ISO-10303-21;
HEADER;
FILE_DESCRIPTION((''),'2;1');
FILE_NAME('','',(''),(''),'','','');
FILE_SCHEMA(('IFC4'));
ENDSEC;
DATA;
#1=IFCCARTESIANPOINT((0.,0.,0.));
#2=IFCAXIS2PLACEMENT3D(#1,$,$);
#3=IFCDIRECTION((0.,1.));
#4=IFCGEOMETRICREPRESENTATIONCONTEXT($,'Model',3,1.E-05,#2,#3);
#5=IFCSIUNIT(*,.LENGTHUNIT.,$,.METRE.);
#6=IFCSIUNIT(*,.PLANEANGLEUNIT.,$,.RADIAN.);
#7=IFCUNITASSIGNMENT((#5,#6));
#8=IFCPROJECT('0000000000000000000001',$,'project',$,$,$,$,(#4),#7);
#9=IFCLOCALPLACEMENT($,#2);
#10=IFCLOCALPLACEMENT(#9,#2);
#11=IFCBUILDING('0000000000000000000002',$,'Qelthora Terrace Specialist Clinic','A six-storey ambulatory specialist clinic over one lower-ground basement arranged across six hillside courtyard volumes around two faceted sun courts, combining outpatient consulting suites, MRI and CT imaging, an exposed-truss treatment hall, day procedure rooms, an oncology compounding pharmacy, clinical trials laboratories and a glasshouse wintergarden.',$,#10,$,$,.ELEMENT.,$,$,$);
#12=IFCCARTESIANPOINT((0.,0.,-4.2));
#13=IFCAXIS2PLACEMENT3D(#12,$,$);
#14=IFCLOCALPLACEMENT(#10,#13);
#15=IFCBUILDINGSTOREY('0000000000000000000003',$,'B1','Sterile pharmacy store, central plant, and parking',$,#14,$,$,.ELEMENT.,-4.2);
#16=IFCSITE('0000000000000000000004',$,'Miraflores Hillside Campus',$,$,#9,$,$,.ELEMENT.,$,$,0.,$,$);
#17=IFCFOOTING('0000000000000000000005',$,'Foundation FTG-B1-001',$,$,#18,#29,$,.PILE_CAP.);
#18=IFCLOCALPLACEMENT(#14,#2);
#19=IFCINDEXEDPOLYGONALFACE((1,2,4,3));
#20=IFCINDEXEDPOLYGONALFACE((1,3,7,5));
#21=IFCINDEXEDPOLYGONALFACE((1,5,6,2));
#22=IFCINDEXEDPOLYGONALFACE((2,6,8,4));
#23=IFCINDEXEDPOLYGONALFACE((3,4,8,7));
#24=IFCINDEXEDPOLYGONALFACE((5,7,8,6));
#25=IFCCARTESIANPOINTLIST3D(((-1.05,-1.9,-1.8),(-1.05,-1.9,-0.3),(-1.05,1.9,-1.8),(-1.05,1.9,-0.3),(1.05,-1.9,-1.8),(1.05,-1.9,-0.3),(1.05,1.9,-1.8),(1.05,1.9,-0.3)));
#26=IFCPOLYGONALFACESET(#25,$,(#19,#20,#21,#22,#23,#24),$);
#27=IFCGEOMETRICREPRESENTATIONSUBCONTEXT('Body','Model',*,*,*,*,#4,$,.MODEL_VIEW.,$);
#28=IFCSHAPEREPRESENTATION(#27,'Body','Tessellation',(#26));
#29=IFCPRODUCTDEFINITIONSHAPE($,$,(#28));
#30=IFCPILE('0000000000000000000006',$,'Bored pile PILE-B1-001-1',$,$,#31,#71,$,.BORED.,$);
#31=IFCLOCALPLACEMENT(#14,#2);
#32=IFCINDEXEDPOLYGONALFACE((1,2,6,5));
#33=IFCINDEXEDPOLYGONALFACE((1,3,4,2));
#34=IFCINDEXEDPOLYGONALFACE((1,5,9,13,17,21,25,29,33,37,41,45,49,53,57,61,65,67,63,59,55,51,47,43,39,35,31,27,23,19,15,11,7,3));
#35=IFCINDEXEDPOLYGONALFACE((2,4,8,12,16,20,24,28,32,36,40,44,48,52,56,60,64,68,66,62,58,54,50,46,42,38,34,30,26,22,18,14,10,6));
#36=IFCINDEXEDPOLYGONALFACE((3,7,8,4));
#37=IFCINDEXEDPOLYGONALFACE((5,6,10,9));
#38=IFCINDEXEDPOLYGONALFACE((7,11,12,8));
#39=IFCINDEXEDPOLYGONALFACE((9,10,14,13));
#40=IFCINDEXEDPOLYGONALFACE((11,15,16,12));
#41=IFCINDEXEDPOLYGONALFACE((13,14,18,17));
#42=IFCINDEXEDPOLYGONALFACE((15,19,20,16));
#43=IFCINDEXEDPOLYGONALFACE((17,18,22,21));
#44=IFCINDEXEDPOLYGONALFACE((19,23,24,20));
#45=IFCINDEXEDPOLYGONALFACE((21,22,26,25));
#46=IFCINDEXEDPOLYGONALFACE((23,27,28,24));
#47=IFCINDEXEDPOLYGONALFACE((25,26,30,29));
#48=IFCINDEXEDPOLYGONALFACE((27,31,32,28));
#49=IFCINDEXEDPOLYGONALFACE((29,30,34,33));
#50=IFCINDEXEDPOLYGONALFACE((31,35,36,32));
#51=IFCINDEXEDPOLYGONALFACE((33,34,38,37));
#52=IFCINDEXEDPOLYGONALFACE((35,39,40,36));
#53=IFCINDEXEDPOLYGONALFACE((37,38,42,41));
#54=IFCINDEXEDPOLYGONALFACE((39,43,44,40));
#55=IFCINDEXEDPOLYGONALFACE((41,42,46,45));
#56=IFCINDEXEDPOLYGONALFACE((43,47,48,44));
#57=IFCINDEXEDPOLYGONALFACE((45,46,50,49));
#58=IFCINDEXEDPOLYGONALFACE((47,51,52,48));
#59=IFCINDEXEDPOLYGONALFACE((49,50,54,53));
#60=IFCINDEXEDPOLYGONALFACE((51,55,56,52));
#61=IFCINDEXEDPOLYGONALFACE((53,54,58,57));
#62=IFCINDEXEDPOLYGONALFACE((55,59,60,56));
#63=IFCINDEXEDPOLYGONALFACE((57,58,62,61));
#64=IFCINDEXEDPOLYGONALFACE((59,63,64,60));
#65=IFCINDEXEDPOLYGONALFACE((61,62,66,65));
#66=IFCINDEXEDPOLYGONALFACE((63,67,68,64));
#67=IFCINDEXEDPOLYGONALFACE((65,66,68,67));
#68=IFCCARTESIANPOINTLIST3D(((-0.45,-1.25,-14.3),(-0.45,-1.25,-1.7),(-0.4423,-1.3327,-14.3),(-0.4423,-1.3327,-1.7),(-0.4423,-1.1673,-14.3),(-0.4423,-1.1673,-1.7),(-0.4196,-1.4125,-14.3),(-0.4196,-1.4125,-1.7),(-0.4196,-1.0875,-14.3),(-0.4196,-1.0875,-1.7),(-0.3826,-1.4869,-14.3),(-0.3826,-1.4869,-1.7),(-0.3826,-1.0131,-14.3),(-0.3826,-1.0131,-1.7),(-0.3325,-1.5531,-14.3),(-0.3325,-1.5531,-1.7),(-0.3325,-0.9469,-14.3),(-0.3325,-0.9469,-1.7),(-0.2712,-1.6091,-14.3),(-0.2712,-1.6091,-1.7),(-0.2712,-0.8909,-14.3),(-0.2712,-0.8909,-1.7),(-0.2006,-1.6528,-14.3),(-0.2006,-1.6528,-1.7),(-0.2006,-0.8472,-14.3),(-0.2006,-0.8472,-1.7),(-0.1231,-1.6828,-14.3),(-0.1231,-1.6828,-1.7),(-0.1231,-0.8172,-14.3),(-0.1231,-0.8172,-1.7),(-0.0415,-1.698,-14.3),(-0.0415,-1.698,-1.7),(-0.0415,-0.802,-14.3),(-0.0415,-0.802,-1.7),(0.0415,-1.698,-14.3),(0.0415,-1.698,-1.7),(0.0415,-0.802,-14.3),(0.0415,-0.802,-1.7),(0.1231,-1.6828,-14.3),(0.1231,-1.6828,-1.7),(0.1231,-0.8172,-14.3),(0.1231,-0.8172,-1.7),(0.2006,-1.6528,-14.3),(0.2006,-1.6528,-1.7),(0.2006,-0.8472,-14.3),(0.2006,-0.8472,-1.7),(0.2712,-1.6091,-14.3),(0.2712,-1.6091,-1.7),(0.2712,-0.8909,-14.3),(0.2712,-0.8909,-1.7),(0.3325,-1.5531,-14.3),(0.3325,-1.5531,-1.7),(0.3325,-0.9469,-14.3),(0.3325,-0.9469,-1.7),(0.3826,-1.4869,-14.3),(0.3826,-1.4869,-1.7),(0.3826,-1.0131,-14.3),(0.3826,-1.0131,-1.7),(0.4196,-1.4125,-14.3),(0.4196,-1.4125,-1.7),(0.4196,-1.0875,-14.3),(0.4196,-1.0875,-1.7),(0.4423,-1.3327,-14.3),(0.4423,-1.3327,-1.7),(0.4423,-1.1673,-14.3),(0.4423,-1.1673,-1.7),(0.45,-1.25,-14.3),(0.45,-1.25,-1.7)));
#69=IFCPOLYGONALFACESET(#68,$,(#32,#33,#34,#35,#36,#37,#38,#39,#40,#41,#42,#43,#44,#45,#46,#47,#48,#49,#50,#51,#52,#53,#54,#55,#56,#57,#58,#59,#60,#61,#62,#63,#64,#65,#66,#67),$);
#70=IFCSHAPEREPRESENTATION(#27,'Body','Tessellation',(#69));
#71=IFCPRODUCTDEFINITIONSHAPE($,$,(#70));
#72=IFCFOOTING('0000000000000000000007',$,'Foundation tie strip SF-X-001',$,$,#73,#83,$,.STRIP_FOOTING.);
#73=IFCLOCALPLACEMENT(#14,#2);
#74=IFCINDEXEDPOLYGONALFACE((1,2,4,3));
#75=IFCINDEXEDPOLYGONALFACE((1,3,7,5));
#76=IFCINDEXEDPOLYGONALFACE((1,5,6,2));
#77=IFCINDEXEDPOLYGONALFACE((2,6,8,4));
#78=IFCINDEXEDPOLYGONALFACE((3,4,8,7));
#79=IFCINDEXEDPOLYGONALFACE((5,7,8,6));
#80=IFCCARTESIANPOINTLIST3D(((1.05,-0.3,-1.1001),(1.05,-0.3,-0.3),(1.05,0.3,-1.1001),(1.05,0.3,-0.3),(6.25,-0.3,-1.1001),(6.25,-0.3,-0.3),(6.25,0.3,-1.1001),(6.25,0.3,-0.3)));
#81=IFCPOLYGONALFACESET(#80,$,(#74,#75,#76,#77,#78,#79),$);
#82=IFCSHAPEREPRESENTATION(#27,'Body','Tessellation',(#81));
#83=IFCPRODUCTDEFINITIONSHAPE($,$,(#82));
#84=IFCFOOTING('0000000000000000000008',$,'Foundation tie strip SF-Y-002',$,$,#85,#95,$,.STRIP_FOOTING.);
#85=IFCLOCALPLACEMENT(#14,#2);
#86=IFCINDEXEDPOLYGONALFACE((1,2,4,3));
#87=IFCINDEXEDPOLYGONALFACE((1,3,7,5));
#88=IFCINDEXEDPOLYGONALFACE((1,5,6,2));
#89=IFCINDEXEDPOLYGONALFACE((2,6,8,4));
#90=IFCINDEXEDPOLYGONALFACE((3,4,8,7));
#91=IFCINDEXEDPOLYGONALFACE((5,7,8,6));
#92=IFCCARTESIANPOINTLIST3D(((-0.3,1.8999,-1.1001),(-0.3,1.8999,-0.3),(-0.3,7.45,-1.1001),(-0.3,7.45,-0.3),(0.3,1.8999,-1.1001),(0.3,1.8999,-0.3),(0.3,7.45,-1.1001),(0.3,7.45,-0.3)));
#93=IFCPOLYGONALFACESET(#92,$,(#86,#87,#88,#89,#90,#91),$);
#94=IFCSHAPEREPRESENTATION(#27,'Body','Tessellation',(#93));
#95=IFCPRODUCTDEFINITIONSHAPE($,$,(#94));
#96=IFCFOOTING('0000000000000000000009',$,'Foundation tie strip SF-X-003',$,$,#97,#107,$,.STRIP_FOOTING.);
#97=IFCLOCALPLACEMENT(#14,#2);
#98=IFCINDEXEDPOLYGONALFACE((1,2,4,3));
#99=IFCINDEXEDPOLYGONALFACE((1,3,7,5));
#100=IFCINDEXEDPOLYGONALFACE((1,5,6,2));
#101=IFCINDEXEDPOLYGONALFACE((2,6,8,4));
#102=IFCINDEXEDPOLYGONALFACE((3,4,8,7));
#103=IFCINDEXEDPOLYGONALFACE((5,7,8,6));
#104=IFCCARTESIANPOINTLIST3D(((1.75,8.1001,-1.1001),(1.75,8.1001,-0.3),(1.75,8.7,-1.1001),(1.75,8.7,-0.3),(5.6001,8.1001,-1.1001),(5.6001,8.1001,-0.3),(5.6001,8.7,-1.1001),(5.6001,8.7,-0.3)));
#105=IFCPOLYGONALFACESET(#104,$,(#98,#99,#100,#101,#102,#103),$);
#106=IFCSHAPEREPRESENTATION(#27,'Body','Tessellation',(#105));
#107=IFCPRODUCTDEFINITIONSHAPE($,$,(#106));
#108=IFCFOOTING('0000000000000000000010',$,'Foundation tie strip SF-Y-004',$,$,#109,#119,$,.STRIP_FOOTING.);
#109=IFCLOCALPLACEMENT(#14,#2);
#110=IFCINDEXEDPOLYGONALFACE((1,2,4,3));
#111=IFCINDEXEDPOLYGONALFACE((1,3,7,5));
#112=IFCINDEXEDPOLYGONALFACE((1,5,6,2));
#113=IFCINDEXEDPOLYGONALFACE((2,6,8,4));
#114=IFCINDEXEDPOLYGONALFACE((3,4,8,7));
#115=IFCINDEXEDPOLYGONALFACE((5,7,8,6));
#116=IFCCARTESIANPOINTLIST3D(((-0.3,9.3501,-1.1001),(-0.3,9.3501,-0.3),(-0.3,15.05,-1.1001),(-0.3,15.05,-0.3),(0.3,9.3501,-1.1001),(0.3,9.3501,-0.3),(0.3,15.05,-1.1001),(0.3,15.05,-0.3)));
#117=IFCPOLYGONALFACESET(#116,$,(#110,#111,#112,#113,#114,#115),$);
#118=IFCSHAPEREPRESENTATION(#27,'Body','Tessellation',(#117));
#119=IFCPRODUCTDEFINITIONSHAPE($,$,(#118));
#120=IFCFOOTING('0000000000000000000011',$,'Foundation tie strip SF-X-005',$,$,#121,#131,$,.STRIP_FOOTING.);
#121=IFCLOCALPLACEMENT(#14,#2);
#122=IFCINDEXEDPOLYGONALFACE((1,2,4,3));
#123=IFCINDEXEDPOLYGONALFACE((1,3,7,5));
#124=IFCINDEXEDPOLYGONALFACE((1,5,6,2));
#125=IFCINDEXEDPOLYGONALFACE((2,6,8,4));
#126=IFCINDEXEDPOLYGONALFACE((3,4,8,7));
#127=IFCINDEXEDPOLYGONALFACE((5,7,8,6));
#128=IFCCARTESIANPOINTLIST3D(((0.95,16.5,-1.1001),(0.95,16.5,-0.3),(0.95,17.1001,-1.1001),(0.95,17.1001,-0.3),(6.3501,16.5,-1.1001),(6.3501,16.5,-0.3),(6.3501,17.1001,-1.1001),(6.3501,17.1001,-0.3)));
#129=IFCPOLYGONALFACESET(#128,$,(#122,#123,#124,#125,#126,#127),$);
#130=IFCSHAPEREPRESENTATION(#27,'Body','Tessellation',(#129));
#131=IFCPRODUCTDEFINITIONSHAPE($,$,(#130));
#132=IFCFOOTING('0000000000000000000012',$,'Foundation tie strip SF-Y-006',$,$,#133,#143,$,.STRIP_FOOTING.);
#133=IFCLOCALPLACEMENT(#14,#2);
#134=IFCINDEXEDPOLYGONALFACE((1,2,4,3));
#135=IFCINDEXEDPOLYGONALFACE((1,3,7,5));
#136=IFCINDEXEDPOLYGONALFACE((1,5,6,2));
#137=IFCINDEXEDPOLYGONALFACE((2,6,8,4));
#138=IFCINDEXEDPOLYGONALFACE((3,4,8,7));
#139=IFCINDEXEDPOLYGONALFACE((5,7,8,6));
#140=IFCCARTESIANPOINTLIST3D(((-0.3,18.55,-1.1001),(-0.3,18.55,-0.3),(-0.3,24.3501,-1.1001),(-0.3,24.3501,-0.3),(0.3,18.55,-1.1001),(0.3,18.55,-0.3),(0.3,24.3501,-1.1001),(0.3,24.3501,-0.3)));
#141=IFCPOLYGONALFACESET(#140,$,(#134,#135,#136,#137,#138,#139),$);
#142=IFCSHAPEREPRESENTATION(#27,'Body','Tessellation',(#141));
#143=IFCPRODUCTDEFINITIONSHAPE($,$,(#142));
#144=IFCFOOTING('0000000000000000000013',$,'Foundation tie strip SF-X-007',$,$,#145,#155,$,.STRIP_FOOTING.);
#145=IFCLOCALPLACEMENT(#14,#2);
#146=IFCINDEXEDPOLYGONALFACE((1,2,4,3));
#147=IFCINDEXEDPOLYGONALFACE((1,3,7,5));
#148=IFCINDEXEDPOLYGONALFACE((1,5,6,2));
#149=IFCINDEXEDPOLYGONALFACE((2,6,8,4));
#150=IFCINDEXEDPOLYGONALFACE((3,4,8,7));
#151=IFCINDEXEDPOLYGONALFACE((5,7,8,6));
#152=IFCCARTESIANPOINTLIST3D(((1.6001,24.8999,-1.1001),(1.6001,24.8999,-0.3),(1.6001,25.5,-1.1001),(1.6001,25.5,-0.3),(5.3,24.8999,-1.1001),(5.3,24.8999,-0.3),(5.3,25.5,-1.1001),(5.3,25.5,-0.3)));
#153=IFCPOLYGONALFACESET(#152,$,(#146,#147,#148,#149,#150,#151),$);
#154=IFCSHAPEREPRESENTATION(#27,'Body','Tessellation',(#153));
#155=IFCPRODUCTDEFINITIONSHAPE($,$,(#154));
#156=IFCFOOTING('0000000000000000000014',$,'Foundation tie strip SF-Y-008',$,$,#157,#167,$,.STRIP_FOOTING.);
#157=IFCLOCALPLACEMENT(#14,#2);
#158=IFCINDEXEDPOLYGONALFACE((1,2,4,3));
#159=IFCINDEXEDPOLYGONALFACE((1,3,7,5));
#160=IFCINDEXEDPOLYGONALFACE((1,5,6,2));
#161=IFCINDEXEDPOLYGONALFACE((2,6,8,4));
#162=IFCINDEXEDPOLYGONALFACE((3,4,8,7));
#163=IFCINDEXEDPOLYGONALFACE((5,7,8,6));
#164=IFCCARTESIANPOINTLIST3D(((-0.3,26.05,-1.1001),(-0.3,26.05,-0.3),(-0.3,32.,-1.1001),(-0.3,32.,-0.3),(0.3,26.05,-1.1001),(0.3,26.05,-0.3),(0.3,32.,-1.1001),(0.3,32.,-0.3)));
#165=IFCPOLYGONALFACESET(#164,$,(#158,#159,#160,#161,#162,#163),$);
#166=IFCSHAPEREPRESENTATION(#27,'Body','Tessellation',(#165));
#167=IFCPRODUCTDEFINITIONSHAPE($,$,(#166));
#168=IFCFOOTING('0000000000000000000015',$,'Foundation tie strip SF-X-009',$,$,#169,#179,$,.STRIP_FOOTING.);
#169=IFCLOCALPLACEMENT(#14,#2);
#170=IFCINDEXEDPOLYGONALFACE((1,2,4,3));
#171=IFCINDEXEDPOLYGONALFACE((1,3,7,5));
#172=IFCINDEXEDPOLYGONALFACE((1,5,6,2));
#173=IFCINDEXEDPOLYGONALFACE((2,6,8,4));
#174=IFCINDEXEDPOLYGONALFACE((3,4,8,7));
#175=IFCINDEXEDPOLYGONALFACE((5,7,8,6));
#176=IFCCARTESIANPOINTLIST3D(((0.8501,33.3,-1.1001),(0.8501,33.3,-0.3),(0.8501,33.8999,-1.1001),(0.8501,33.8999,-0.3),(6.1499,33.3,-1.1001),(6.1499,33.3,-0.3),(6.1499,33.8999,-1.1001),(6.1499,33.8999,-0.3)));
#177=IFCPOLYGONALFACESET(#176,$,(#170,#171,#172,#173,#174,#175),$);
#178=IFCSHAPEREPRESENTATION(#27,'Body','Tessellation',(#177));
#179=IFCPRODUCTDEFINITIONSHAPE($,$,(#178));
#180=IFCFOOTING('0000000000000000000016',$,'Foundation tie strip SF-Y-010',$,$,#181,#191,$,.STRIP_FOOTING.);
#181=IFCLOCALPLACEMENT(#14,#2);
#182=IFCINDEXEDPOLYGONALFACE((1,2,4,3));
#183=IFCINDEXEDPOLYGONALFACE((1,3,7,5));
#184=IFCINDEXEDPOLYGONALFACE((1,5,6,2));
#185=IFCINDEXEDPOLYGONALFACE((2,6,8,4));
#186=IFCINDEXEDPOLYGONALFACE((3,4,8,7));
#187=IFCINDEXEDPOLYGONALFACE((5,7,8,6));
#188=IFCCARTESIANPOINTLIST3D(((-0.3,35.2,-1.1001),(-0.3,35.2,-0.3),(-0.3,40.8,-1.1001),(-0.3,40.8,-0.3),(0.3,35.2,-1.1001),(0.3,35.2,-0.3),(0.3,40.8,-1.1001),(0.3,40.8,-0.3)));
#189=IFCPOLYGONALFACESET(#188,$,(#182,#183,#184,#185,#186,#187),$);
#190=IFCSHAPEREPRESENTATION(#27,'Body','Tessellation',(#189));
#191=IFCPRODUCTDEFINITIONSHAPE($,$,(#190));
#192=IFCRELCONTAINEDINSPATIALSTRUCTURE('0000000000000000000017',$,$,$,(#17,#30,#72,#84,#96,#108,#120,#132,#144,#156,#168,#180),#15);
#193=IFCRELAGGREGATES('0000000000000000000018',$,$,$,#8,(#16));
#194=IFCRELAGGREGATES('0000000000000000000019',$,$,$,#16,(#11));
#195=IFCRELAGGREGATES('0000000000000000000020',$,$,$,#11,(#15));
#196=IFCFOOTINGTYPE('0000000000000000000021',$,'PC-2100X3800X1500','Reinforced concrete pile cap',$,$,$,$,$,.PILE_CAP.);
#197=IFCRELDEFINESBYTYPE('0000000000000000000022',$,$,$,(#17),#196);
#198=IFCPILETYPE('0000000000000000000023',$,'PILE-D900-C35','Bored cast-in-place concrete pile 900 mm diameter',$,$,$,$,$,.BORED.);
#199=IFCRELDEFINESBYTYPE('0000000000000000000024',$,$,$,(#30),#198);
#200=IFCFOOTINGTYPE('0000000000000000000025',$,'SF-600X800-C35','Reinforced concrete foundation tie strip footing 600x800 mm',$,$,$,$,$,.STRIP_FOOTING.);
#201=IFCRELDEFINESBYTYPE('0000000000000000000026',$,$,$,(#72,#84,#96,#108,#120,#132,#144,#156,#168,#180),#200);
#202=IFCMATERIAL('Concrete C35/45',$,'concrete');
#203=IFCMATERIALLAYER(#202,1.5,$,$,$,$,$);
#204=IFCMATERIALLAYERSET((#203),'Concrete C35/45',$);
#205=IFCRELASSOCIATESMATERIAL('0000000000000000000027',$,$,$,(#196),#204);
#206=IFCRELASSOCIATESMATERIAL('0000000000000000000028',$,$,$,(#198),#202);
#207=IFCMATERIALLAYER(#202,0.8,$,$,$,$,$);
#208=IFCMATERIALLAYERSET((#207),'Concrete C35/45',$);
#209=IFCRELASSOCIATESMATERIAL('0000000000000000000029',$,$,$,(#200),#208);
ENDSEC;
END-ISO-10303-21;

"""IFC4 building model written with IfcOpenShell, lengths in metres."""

from ifc_helpers import new_model, si_unit, direction, frame, origin, origin_2d, place, context, subcontext, project, spatial, polyline, rectangle, circle, outline, extrude, material, layer, layer_set, material_profile, profile_set, type_object, element, save


model = new_model("IFC4")

# Units and contexts
model_context = context("Model", 3, precision=1e-05, world=origin(), true_north=direction((0.0, 1.0)))
body_context = subcontext(model_context, "Body", "Model", "MODEL_VIEW")
ifc_project = project(units=[si_unit("LENGTHUNIT", "METRE"), si_unit("PLANEANGLEUNIT", "RADIAN")], contexts=[model_context])

# Site, building, storey
site_placement = place(None, origin())
site = spatial("IfcSite", under=ifc_project, at=site_placement, Name="Miraflores Hillside Campus", CompositionType="ELEMENT", RefElevation=0.0)
building_placement = place(site_placement, origin())
building = spatial("IfcBuilding", under=site, at=building_placement, Name="Qelthora Terrace Specialist Clinic", Description="A six-storey ambulatory specialist clinic over one lower-ground basement arranged across six hillside courtyard volumes around two faceted sun courts, combining outpatient consulting suites, MRI and CT imaging, an exposed-truss treatment hall, day procedure rooms, an oncology compounding pharmacy, clinical trials laboratories and a glasshouse wintergarden.", CompositionType="ELEMENT")
storey_placement = place(building_placement, frame((0.0, 0.0, -4.2)))
storey = spatial("IfcBuildingStorey", under=building, at=storey_placement, Name="B1", Description="Sterile pharmacy store, central plant, and parking", CompositionType="ELEMENT", Elevation=-4.2)

# Footing
ifc_material = material(Name="Concrete C35/45", Category="concrete")
ifc_layer_1 = layer(ifc_material, 1.5)
ifc_layer_set_1 = layer_set([ifc_layer_1], Name="Concrete C35/45")
footing_type_1 = type_object("IfcFootingType", Name="PC-2100X3800X1500", Description="Reinforced concrete pile cap", PredefinedType="PILE_CAP", material=ifc_layer_set_1)
footing_1_placement = place(storey_placement, frame((0.0, 0.0, -1.8), z_axis=(0.0, 0.0, 1.0), x_axis=(1.0, 0.0, 0.0)))
element("IfcFooting", 1, at=footing_1_placement, inside=storey, type_object=footing_type_1, Name="Foundation FTG-B1-001", PredefinedType="PILE_CAP", context=body_context, shape_type="SweptSolid", body=[
    extrude(rectangle(XDim=2.1001, YDim=3.8, at=origin_2d()), origin(), (0.0, 0.0, 1.0), 1.5),
])

# Pile
ifc_material_profile = material_profile(ifc_material, circle(Radius=0.45, at=origin_2d()), Name="PILE900")
ifc_profile_set = profile_set([ifc_material_profile], Name="Concrete C35/45")
pile_type = type_object("IfcPileType", Name="PILE-D900-C35", Description="Bored cast-in-place concrete pile 900 mm diameter", PredefinedType="BORED", material=ifc_profile_set)
pile_placement = place(storey_placement, frame((0.0, -1.25, -1.7), z_axis=(0.0, 0.0, -1.0), x_axis=(1.0, 0.0, 0.0)))
element("IfcPile", 2, at=pile_placement, inside=storey, type_object=pile_type, Name="Bored pile PILE-B1-001-1", PredefinedType="BORED", context=body_context, shape_type="SweptSolid", body=[
    extrude(circle(Radius=0.45, at=origin_2d()), origin(), (0.0, 0.0, 1.0), 12.6001),
])

# Footings
ifc_layer_2 = layer(ifc_material, 0.8)
ifc_layer_set_2 = layer_set([ifc_layer_2], Name="Concrete C35/45")
footing_type_2 = type_object("IfcFootingType", Name="SF-600X800-C35", Description="Reinforced concrete foundation tie strip footing 600x800 mm", PredefinedType="STRIP_FOOTING", material=ifc_layer_set_2)
footing_2_placement = place(storey_placement, frame((0.0, 0.0, -1.1001)))
element("IfcFooting", 3, at=footing_2_placement, inside=storey, type_object=footing_type_2, Name="Foundation tie strip SF-X-001", PredefinedType="STRIP_FOOTING", context=body_context, shape_type="SweptSolid", body=[
    extrude(outline(polyline([(1.05, -0.3), (6.25, -0.3), (6.25, 0.3), (1.05, 0.3), (1.05, -0.3)])), origin(), (0.0, 0.0, 1.0), 0.8),
])
footing_3_placement = place(storey_placement, frame((0.0, 0.0, -1.1001)))
element("IfcFooting", 4, at=footing_3_placement, inside=storey, type_object=footing_type_2, Name="Foundation tie strip SF-Y-002", PredefinedType="STRIP_FOOTING", context=body_context, shape_type="SweptSolid", body=[
    extrude(outline(polyline([(-0.3, 1.8999), (0.3, 1.8999), (0.3, 7.45), (-0.3, 7.45), (-0.3, 1.8999)])), origin(), (0.0, 0.0, 1.0), 0.8),
])
footing_4_placement = place(storey_placement, frame((0.0, 0.0, -1.1001)))
element("IfcFooting", 5, at=footing_4_placement, inside=storey, type_object=footing_type_2, Name="Foundation tie strip SF-X-003", PredefinedType="STRIP_FOOTING", context=body_context, shape_type="SweptSolid", body=[
    extrude(outline(polyline([(1.75, 8.1001), (5.6001, 8.1001), (5.6001, 8.7), (1.75, 8.7), (1.75, 8.1001)])), origin(), (0.0, 0.0, 1.0), 0.8),
])
footing_5_placement = place(storey_placement, frame((0.0, 0.0, -1.1001)))
element("IfcFooting", 6, at=footing_5_placement, inside=storey, type_object=footing_type_2, Name="Foundation tie strip SF-Y-004", PredefinedType="STRIP_FOOTING", context=body_context, shape_type="SweptSolid", body=[
    extrude(outline(polyline([(-0.3, 9.3501), (0.3, 9.3501), (0.3, 15.05), (-0.3, 15.05), (-0.3, 9.3501)])), origin(), (0.0, 0.0, 1.0), 0.8),
])
footing_6_placement = place(storey_placement, frame((0.0, 0.0, -1.1001)))
element("IfcFooting", 7, at=footing_6_placement, inside=storey, type_object=footing_type_2, Name="Foundation tie strip SF-X-005", PredefinedType="STRIP_FOOTING", context=body_context, shape_type="SweptSolid", body=[
    extrude(outline(polyline([(0.95, 16.5), (6.3501, 16.5), (6.3501, 17.1001), (0.95, 17.1001), (0.95, 16.5)])), origin(), (0.0, 0.0, 1.0), 0.8),
])
footing_7_placement = place(storey_placement, frame((0.0, 0.0, -1.1001)))
element("IfcFooting", 8, at=footing_7_placement, inside=storey, type_object=footing_type_2, Name="Foundation tie strip SF-Y-006", PredefinedType="STRIP_FOOTING", context=body_context, shape_type="SweptSolid", body=[
    extrude(outline(polyline([(-0.3, 18.55), (0.3, 18.55), (0.3, 24.3501), (-0.3, 24.3501), (-0.3, 18.55)])), origin(), (0.0, 0.0, 1.0), 0.8),
])
footing_8_placement = place(storey_placement, frame((0.0, 0.0, -1.1001)))
element("IfcFooting", 9, at=footing_8_placement, inside=storey, type_object=footing_type_2, Name="Foundation tie strip SF-X-007", PredefinedType="STRIP_FOOTING", context=body_context, shape_type="SweptSolid", body=[
    extrude(outline(polyline([(1.6001, 24.8999), (5.3, 24.8999), (5.3, 25.5), (1.6001, 25.5), (1.6001, 24.8999)])), origin(), (0.0, 0.0, 1.0), 0.8),
])
footing_9_placement = place(storey_placement, frame((0.0, 0.0, -1.1001)))
element("IfcFooting", 10, at=footing_9_placement, inside=storey, type_object=footing_type_2, Name="Foundation tie strip SF-Y-008", PredefinedType="STRIP_FOOTING", context=body_context, shape_type="SweptSolid", body=[
    extrude(outline(polyline([(-0.3, 26.05), (0.3, 26.05), (0.3, 32.0), (-0.3, 32.0), (-0.3, 26.05)])), origin(), (0.0, 0.0, 1.0), 0.8),
])
footing_10_placement = place(storey_placement, frame((0.0, 0.0, -1.1001)))
element("IfcFooting", 11, at=footing_10_placement, inside=storey, type_object=footing_type_2, Name="Foundation tie strip SF-X-009", PredefinedType="STRIP_FOOTING", context=body_context, shape_type="SweptSolid", body=[
    extrude(outline(polyline([(0.8501, 33.3), (6.1499, 33.3), (6.1499, 33.8999), (0.8501, 33.8999), (0.8501, 33.3)])), origin(), (0.0, 0.0, 1.0), 0.8),
])
footing_11_placement = place(storey_placement, frame((0.0, 0.0, -1.1001)))
element("IfcFooting", 12, at=footing_11_placement, inside=storey, type_object=footing_type_2, Name="Foundation tie strip SF-Y-010", PredefinedType="STRIP_FOOTING", context=body_context, shape_type="SweptSolid", body=[
    extrude(outline(polyline([(-0.3, 35.2), (0.3, 35.2), (0.3, 40.8), (-0.3, 40.8), (-0.3, 35.2)])), origin(), (0.0, 0.0, 1.0), 0.8),
])

save(model, "model.ifc")
